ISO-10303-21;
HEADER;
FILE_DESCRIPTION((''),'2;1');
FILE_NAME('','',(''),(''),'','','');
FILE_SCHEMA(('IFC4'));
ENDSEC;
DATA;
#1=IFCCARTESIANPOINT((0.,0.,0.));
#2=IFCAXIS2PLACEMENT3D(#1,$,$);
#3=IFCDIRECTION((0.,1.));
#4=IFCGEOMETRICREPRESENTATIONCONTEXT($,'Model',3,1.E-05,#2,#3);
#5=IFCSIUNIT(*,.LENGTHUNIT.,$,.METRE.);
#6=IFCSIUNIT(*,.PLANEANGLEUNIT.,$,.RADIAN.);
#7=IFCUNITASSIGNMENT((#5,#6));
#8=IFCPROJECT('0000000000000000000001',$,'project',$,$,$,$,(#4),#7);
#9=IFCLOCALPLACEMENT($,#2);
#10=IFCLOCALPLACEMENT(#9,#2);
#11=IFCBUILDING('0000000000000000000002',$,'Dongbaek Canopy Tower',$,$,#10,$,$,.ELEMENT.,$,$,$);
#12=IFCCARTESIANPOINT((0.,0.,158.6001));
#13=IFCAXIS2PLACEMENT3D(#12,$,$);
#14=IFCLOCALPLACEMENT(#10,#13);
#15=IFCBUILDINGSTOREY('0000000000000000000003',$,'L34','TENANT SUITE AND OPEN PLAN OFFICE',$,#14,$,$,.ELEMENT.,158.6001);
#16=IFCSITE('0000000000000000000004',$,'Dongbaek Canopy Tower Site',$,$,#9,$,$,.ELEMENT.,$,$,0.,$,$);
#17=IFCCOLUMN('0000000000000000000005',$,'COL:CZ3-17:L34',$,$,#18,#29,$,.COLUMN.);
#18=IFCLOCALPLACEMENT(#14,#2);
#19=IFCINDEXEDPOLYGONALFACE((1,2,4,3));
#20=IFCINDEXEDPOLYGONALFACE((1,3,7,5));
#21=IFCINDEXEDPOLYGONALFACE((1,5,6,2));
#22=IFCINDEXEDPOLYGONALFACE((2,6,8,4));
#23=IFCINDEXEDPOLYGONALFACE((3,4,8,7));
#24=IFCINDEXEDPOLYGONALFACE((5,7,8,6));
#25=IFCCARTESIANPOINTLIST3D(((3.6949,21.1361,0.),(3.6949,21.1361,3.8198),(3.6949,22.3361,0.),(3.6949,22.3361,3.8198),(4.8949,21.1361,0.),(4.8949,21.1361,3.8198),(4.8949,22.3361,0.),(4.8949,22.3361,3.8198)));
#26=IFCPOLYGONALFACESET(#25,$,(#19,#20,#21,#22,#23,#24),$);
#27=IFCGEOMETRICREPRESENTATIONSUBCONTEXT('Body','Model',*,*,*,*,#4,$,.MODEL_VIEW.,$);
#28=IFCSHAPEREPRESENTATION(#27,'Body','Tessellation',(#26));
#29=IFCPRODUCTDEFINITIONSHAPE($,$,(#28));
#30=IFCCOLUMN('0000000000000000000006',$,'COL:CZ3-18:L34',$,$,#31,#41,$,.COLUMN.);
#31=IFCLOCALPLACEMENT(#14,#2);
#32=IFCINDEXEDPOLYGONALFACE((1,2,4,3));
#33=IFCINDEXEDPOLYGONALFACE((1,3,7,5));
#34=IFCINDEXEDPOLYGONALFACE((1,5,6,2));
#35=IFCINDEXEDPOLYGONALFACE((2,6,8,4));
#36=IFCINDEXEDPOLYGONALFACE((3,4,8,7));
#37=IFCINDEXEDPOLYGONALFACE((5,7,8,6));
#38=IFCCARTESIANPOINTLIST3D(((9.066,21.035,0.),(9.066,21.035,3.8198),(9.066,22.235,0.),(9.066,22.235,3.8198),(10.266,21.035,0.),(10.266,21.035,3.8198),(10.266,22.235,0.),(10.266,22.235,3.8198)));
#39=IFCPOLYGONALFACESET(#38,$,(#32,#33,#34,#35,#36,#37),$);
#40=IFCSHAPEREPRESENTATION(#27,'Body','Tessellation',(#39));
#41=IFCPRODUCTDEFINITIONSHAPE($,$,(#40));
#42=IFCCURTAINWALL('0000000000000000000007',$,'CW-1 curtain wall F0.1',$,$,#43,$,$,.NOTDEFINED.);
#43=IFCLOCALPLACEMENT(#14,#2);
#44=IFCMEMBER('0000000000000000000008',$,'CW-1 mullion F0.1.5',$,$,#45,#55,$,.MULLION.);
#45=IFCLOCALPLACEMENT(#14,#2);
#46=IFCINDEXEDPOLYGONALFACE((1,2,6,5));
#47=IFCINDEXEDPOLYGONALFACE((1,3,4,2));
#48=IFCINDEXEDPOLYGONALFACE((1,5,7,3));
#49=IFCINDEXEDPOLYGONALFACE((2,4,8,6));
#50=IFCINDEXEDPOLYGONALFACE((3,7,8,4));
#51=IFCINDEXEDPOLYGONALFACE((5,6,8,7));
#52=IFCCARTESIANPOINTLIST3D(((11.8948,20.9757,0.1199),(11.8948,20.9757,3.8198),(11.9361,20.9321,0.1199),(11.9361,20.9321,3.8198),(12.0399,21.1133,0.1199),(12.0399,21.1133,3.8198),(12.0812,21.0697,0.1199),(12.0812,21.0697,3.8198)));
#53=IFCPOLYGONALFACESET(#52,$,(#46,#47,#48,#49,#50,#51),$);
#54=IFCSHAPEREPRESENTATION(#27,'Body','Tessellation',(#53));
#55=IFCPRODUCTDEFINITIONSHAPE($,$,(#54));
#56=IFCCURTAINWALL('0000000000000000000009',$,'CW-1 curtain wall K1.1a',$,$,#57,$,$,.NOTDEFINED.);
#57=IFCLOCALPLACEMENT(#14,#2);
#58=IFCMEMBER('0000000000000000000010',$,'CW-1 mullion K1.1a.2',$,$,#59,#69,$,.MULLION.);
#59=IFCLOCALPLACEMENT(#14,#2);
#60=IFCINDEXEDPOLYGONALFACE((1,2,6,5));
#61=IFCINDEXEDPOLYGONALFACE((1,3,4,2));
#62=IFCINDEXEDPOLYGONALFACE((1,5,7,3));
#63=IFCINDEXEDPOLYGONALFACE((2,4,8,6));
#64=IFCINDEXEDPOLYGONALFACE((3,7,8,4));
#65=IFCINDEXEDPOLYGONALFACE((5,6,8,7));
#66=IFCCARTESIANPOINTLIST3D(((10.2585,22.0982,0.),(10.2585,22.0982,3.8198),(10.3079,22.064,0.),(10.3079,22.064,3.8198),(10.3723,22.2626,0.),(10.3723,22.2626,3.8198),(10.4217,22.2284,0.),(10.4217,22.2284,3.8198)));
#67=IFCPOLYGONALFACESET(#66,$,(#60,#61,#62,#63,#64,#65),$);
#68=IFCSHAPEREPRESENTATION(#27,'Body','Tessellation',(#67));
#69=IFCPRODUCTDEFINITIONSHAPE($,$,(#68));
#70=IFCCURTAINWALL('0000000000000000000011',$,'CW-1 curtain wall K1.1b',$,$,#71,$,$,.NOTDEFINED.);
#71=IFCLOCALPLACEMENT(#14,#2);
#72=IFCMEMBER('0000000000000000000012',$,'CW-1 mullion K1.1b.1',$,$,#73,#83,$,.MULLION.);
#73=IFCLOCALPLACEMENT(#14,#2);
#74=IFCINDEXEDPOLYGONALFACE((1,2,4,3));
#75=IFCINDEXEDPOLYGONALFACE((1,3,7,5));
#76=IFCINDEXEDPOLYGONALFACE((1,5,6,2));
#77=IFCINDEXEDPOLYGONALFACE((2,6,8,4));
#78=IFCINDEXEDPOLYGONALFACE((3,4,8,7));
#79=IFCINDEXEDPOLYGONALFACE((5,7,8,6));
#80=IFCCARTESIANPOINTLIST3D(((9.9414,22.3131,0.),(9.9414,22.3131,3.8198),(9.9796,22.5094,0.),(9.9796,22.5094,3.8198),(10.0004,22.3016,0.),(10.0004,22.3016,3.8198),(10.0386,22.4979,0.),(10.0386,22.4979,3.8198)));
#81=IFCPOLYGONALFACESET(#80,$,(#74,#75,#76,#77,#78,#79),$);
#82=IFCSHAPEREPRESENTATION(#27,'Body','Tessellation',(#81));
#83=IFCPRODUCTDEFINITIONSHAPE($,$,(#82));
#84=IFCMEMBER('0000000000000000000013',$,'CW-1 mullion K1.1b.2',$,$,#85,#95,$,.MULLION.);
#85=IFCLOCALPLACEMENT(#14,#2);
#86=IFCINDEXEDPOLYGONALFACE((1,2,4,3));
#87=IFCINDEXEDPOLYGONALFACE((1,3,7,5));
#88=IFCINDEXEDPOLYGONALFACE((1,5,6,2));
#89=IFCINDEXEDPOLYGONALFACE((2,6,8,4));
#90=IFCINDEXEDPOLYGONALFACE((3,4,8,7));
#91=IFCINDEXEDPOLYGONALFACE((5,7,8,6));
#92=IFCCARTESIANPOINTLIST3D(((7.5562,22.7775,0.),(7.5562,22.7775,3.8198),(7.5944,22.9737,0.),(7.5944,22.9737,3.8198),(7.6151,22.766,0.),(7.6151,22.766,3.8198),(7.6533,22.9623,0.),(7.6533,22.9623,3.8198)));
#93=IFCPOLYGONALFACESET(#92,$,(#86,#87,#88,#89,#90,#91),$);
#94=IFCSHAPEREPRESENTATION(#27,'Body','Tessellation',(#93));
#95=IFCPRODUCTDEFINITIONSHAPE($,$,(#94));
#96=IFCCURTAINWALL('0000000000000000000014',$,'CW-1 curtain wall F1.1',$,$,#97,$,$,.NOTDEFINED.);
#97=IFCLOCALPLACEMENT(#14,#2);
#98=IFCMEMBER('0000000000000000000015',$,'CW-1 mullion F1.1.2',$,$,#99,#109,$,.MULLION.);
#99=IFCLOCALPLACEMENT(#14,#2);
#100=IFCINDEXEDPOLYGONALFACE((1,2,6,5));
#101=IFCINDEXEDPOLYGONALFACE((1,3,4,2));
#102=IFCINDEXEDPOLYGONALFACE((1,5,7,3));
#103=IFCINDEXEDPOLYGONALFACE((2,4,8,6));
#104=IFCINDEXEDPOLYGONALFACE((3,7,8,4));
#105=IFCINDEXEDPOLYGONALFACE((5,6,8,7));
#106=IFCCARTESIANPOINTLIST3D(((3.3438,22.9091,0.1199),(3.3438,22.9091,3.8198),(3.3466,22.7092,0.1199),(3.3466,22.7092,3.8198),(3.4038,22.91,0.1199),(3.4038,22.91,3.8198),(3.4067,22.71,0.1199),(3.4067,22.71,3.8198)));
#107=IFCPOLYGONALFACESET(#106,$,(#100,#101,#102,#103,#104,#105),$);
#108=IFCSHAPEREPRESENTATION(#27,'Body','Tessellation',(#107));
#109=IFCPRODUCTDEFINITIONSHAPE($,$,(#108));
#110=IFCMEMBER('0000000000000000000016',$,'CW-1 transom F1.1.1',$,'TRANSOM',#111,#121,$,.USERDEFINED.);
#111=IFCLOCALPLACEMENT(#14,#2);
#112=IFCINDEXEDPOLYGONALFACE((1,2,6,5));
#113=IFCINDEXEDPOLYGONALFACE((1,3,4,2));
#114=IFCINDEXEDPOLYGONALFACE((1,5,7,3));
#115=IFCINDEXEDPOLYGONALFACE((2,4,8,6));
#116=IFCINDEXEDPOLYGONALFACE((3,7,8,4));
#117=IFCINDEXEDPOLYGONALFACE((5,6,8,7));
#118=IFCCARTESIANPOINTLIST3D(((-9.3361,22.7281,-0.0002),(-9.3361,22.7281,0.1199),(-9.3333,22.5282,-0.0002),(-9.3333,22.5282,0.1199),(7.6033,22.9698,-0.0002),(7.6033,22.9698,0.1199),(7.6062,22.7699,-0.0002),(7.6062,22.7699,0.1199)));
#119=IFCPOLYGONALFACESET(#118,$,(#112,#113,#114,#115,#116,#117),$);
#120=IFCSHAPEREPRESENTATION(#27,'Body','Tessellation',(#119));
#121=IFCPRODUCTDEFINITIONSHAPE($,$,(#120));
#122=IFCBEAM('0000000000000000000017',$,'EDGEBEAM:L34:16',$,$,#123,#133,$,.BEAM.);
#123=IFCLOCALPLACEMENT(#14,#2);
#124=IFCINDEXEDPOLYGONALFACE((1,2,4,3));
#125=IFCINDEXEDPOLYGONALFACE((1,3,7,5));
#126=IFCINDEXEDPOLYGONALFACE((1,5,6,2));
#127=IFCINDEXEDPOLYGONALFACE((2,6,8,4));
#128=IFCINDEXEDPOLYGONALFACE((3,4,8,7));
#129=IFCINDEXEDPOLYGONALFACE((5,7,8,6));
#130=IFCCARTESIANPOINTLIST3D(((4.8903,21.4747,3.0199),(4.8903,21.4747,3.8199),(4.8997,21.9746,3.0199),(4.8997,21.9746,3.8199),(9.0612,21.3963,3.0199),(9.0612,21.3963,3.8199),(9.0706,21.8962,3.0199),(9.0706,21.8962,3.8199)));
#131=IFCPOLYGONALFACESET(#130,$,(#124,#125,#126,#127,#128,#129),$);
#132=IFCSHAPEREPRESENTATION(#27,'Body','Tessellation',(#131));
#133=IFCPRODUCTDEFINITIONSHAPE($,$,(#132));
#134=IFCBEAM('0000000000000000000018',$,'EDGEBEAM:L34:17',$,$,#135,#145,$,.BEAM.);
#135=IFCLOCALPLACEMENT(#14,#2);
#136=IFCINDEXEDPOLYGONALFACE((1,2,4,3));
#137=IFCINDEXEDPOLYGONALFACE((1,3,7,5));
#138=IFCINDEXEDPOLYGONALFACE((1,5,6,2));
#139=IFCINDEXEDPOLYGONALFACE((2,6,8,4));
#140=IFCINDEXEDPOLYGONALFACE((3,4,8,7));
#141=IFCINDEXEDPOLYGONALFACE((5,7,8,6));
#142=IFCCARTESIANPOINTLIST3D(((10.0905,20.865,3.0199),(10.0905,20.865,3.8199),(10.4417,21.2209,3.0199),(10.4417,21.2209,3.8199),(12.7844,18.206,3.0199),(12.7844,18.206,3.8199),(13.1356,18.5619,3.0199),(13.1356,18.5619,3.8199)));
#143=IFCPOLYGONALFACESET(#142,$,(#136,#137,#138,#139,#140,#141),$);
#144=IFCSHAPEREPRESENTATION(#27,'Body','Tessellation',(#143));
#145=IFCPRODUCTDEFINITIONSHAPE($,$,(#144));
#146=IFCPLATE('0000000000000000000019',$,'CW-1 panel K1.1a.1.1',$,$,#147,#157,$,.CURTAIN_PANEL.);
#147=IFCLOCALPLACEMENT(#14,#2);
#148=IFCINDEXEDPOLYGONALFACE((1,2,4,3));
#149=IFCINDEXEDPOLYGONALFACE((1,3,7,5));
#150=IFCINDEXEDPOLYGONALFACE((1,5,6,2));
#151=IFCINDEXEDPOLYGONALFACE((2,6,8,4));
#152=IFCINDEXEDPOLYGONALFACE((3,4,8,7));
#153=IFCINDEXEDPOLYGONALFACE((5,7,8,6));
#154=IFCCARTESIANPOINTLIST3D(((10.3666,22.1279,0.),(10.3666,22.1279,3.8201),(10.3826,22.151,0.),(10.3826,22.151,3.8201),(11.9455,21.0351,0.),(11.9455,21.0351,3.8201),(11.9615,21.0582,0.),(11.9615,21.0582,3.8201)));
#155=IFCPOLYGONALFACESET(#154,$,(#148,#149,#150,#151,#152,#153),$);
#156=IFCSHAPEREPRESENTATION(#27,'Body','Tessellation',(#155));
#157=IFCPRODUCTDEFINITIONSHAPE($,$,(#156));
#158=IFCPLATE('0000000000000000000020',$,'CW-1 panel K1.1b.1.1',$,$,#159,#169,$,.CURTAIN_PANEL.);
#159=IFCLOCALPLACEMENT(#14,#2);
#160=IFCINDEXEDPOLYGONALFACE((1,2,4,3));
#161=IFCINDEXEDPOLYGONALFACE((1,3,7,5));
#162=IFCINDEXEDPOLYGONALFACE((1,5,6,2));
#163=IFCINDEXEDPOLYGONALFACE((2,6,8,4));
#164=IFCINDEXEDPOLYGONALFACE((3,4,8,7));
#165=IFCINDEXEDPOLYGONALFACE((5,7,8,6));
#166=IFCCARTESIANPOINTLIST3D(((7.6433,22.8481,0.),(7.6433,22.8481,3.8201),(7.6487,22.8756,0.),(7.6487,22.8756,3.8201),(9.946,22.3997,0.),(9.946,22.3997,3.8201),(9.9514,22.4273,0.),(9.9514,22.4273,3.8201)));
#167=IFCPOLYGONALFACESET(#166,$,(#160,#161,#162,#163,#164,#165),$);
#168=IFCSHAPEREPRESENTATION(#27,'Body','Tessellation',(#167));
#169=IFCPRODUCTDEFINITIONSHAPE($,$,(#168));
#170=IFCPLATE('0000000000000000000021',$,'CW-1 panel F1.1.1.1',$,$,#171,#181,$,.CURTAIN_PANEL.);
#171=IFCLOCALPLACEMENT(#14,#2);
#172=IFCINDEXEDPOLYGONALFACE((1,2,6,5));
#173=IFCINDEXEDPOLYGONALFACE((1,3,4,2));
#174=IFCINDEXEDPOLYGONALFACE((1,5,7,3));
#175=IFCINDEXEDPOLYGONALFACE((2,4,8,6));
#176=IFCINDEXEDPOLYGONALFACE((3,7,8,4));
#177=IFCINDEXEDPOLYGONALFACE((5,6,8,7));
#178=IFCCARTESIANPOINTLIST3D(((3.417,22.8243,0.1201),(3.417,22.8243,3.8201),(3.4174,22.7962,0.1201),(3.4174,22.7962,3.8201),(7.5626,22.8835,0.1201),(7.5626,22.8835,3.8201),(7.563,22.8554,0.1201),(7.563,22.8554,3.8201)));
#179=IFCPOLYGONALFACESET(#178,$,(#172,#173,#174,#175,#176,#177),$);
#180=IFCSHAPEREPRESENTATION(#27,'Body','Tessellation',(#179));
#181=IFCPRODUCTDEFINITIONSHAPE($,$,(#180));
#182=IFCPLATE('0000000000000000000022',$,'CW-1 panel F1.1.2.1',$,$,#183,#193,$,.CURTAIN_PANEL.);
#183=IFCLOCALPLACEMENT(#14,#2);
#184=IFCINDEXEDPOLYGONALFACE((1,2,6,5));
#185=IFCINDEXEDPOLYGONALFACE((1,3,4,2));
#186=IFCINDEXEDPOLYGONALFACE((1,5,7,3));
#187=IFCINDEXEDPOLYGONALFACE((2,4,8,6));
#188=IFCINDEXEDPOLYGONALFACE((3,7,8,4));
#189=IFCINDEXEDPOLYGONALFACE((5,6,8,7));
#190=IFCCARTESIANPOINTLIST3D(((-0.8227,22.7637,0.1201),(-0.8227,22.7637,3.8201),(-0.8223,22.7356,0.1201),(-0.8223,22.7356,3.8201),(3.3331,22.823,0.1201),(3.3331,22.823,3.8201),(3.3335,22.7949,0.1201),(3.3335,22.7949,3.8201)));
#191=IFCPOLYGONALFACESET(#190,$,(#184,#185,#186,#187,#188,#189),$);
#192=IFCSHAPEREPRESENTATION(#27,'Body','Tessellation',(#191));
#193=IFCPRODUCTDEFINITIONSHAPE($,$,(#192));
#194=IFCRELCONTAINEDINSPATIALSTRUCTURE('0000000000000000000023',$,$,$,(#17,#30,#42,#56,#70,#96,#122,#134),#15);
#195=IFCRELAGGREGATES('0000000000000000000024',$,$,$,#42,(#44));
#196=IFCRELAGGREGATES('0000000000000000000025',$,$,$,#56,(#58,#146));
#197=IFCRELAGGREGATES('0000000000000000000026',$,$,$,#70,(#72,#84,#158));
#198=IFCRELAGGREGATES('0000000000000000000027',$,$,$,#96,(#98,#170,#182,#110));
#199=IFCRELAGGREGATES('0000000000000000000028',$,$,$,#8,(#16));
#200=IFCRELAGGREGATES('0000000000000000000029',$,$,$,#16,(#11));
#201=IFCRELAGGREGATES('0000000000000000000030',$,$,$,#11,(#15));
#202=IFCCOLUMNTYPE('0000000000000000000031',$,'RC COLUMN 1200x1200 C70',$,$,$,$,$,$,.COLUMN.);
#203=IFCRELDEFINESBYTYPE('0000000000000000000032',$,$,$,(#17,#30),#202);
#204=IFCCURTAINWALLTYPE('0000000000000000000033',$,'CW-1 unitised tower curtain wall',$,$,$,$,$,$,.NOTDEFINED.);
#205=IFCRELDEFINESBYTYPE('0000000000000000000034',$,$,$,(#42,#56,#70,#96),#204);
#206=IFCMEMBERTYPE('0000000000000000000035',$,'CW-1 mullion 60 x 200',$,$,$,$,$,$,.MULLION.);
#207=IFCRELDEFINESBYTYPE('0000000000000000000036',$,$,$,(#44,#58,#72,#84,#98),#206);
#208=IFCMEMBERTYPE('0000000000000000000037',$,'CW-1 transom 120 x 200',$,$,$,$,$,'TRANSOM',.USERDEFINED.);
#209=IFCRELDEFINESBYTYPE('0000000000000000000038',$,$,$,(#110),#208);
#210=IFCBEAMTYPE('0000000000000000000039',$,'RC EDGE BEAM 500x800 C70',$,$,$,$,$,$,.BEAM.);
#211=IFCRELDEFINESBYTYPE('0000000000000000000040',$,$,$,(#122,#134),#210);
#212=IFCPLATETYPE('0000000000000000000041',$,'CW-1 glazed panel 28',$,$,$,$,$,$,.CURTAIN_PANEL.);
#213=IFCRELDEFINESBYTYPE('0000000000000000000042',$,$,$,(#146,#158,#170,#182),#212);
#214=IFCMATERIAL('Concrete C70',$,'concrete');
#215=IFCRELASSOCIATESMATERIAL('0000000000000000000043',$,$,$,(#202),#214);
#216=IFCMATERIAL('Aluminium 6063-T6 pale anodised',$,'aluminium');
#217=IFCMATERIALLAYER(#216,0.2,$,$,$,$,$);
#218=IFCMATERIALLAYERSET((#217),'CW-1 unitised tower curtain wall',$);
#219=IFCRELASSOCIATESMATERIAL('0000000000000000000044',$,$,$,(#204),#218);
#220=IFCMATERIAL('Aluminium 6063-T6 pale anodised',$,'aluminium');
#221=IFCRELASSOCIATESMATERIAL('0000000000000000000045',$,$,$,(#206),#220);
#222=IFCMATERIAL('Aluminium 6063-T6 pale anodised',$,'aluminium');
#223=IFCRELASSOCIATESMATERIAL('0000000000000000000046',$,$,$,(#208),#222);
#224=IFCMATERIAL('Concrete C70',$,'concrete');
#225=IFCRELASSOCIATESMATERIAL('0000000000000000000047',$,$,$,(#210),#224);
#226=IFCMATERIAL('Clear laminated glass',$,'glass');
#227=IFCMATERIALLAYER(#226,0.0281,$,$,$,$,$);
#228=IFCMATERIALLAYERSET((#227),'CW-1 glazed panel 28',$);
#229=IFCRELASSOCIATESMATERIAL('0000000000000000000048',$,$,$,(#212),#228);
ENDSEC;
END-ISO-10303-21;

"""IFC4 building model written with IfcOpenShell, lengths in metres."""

from ifc_helpers import new_model, si_unit, direction, frame, origin, origin_2d, place, context, subcontext, project, spatial, rectangle, extrude, material, layer, layer_set, material_profile, profile_set, type_object, element, aggregate, save


model = new_model("IFC4")

# Units and contexts
model_context = context("Model", 3, precision=1e-05, world=origin(), true_north=direction((0.0, 1.0)))
body_context = subcontext(model_context, "Body", "Model", "MODEL_VIEW")
ifc_project = project(units=[si_unit("LENGTHUNIT", "METRE"), si_unit("PLANEANGLEUNIT", "RADIAN")], contexts=[model_context])

# Site, building, storey
site_placement = place(None, origin())
site = spatial("IfcSite", under=ifc_project, at=site_placement, Name="Dongbaek Canopy Tower Site", CompositionType="ELEMENT", RefElevation=0.0)
building_placement = place(site_placement, origin())
building = spatial("IfcBuilding", under=site, at=building_placement, Name="Dongbaek Canopy Tower", CompositionType="ELEMENT")
storey_placement = place(building_placement, frame((0.0, 0.0, 158.6001)))
storey = spatial("IfcBuildingStorey", under=building, at=storey_placement, Name="L34", Description="TENANT SUITE AND OPEN PLAN OFFICE", CompositionType="ELEMENT", Elevation=158.6001)

# Columns
ifc_material_1 = material(Name="Concrete C70", Category="concrete")
ifc_material_profile_1 = material_profile(ifc_material_1, rectangle(XDim=1.2, YDim=1.2, at=origin_2d()), Name="RC COLUMN 1200x1200 C70")
ifc_profile_set_1 = profile_set([ifc_material_profile_1], Name="Concrete C70")
column_type = type_object("IfcColumnType", Name="RC COLUMN 1200x1200 C70", PredefinedType="COLUMN", material=ifc_profile_set_1)
for number, where, z_axis, x_axis, name in (
    (1, (4.2949, 21.7361, 0.0), (0.0, 0.0, 1.0), (1.0, 0.0, 0.0), "COL:CZ3-17:L34"),
    (2, (9.666, 21.635, 0.0), (0.0, 0.0, 1.0), (1.0, 0.0, 0.0), "COL:CZ3-18:L34"),
):
    element("IfcColumn", number, at=place(storey_placement, frame(where, z_axis=z_axis, x_axis=x_axis)), inside=storey, type_object=column_type, Name=name, PredefinedType="COLUMN", context=body_context, shape_type="SweptSolid", body=[
        extrude(rectangle(XDim=1.2, YDim=1.2, at=origin_2d()), origin(), (0.0, 0.0, 1.0), 3.8198),
    ])

# Curtain walls, members
ifc_material_2 = material(Name="Aluminium 6063-T6 pale anodised", Category="aluminium")
ifc_layer_1 = layer(ifc_material_2, 0.2)
ifc_layer_set_1 = layer_set([ifc_layer_1], Name="CW-1 unitised tower curtain wall")
curtain_wall_type = type_object("IfcCurtainWallType", Name="CW-1 unitised tower curtain wall", PredefinedType="NOTDEFINED", material=ifc_layer_set_1)
curtain_wall_1_placement = place(storey_placement, origin())
curtain_wall_1 = element("IfcCurtainWall", 3, at=curtain_wall_1_placement, inside=storey, type_object=curtain_wall_type, Name="CW-1 curtain wall F0.1", PredefinedType="NOTDEFINED")
ifc_material_3 = material(Name="Aluminium 6063-T6 pale anodised", Category="aluminium")
ifc_material_profile_2 = material_profile(ifc_material_3, rectangle(XDim=0.2, YDim=0.0601, at=origin_2d()), Name="CW-1 mullion 60 x 200")
ifc_profile_set_2 = profile_set([ifc_material_profile_2], Name="Aluminium 6063-T6 pale anodised")
member_type_1 = type_object("IfcMemberType", Name="CW-1 mullion 60 x 200", PredefinedType="MULLION", material=ifc_profile_set_2)
member_1_placement = place(storey_placement, frame((11.988, 21.0227, 0.1199), z_axis=(0.0, 0.0, 1.0), x_axis=(0.72567, 0.688043, 0.0)))
member_1 = element("IfcMember", 4, at=member_1_placement, type_object=member_type_1, Name="CW-1 mullion F0.1.5", PredefinedType="MULLION", context=body_context, shape_type="SweptSolid", body=[
    extrude(rectangle(XDim=0.2, YDim=0.0601, at=origin_2d()), origin(), (0.0, 0.0, 1.0), 3.7),
])
aggregate(curtain_wall_1, [member_1])
curtain_wall_2_placement = place(storey_placement, origin())
curtain_wall_2 = element("IfcCurtainWall", 5, at=curtain_wall_2_placement, inside=storey, type_object=curtain_wall_type, Name="CW-1 curtain wall K1.1a", PredefinedType="NOTDEFINED")
member_2_placement = place(storey_placement, frame((10.3401, 22.1633, 0.0), z_axis=(0.0, 0.0, 1.0), x_axis=(0.569121, 0.822254, 0.0)))
member_2 = element("IfcMember", 6, at=member_2_placement, type_object=member_type_1, Name="CW-1 mullion K1.1a.2", PredefinedType="MULLION", context=body_context, shape_type="SweptSolid", body=[
    extrude(rectangle(XDim=0.2, YDim=0.0601, at=origin_2d()), origin(), (0.0, 0.0, 1.0), 3.8198),
])

# Curtain walls, members
curtain_wall_3_placement = place(storey_placement, origin())
curtain_wall_3 = element("IfcCurtainWall", 7, at=curtain_wall_3_placement, inside=storey, type_object=curtain_wall_type, Name="CW-1 curtain wall K1.1b", PredefinedType="NOTDEFINED")
member_3_placement = place(storey_placement, frame((9.99, 22.4055, 0.0), z_axis=(0.0, 0.0, 1.0), x_axis=(0.191111, 0.981568, 0.0)))
member_3 = element("IfcMember", 8, at=member_3_placement, type_object=member_type_1, Name="CW-1 mullion K1.1b.1", PredefinedType="MULLION", context=body_context, shape_type="SweptSolid", body=[
    extrude(rectangle(XDim=0.2, YDim=0.0601, at=origin_2d()), origin(), (0.0, 0.0, 1.0), 3.8198),
])
member_4_placement = place(storey_placement, frame((7.6047, 22.8699, 0.0), z_axis=(0.0, 0.0, 1.0), x_axis=(0.191111, 0.981568, 0.0)))
member_4 = element("IfcMember", 9, at=member_4_placement, type_object=member_type_1, Name="CW-1 mullion K1.1b.2", PredefinedType="MULLION", context=body_context, shape_type="SweptSolid", body=[
    extrude(rectangle(XDim=0.2, YDim=0.0601, at=origin_2d()), origin(), (0.0, 0.0, 1.0), 3.8198),
])
curtain_wall_4_placement = place(storey_placement, origin())
curtain_wall_4 = element("IfcCurtainWall", 10, at=curtain_wall_4_placement, inside=storey, type_object=curtain_wall_type, Name="CW-1 curtain wall F1.1", PredefinedType="NOTDEFINED")
member_5_placement = place(storey_placement, frame((3.3752, 22.8096, 0.1199), z_axis=(0.0, 0.0, 1.0), x_axis=(-0.014277, 0.999898, 0.0)))
member_5 = element("IfcMember", 11, at=member_5_placement, type_object=member_type_1, Name="CW-1 mullion F1.1.2", PredefinedType="MULLION", context=body_context, shape_type="SweptSolid", body=[
    extrude(rectangle(XDim=0.2, YDim=0.0601, at=origin_2d()), origin(), (0.0, 0.0, 1.0), 3.7),
])
ifc_material_4 = material(Name="Aluminium 6063-T6 pale anodised", Category="aluminium")
ifc_material_profile_3 = material_profile(ifc_material_4, rectangle(XDim=0.2, YDim=0.1201, at=origin_2d()), Name="CW-1 transom 120 x 200")
ifc_profile_set_3 = profile_set([ifc_material_profile_3], Name="Aluminium 6063-T6 pale anodised")
member_type_2 = type_object("IfcMemberType", Name="CW-1 transom 120 x 200", ElementType="TRANSOM", PredefinedType="USERDEFINED", material=ifc_profile_set_3)
member_6_placement = place(storey_placement, frame((7.6047, 22.8699, 0.0598), z_axis=(-0.999898, -0.014267, 0.0), x_axis=(0.014267, -0.999898, 0.0)))
member_6 = element("IfcMember", 12, at=member_6_placement, type_object=member_type_2, Name="CW-1 transom F1.1.1", ObjectType="TRANSOM", PredefinedType="USERDEFINED", context=body_context, shape_type="SweptSolid", body=[
    extrude(rectangle(XDim=0.2, YDim=0.1201, at=origin_2d()), origin(), (0.0, 0.0, 1.0), 16.9412),
])

# Beams
ifc_material_5 = material(Name="Concrete C70", Category="concrete")
ifc_material_profile_4 = material_profile(ifc_material_5, rectangle(XDim=0.5, YDim=0.8, at=origin_2d()), Name="RC EDGE BEAM 500x800 C70")
ifc_profile_set_4 = profile_set([ifc_material_profile_4], Name="Concrete C70")
beam_type = type_object("IfcBeamType", Name="RC EDGE BEAM 500x800 C70", PredefinedType="BEAM", material=ifc_profile_set_4)
beam_1_placement = place(storey_placement, frame((4.895, 21.7246, 3.4199), z_axis=(0.999824, -0.018786, 0.0), x_axis=(0.018786, 0.999824, 0.0)))
element("IfcBeam", 13, at=beam_1_placement, inside=storey, type_object=beam_type, Name="EDGEBEAM:L34:16", PredefinedType="BEAM", context=body_context, shape_type="SweptSolid", body=[
    extrude(rectangle(XDim=0.5, YDim=0.8, at=origin_2d()), origin(), (0.0, 0.0, 1.0), 4.1716),
])
beam_2_placement = place(storey_placement, frame((10.2661, 21.043, 3.4199), z_axis=(0.711704, -0.70248, 0.0), x_axis=(0.70248, 0.711704, 0.0)))
element("IfcBeam", 14, at=beam_2_placement, inside=storey, type_object=beam_type, Name="EDGEBEAM:L34:17", PredefinedType="BEAM", context=body_context, shape_type="SweptSolid", body=[
    extrude(rectangle(XDim=0.5, YDim=0.8, at=origin_2d()), origin(), (0.0, 0.0, 1.0), 3.7852),
])

# Plates
ifc_material_6 = material(Name="Clear laminated glass", Category="glass")
ifc_layer_2 = layer(ifc_material_6, 0.0281)
ifc_layer_set_2 = layer_set([ifc_layer_2], Name="CW-1 glazed panel 28")
plate_type = type_object("IfcPlateType", Name="CW-1 glazed panel 28", PredefinedType="CURTAIN_PANEL", material=ifc_layer_set_2)
plate_1_placement = place(storey_placement, frame((11.1641, 21.593, 0.0), z_axis=(0.0, 0.0, 1.0), x_axis=(-0.822254, 0.569121, 0.0)))
plate_1 = element("IfcPlate", 15, at=plate_1_placement, type_object=plate_type, Name="CW-1 panel K1.1a.1.1", PredefinedType="CURTAIN_PANEL", context=body_context, shape_type="SweptSolid", body=[
    extrude(rectangle(XDim=1.9202, YDim=0.0281, at=origin_2d()), origin(), (0.0, 0.0, 1.0), 3.8201),
])
aggregate(curtain_wall_2, [member_2, plate_1])
plate_2_placement = place(storey_placement, frame((8.7974, 22.6377, 0.0), z_axis=(0.0, 0.0, 1.0), x_axis=(-0.981568, 0.191111, 0.0)))
plate_2 = element("IfcPlate", 16, at=plate_2_placement, type_object=plate_type, Name="CW-1 panel K1.1b.1.1", PredefinedType="CURTAIN_PANEL", context=body_context, shape_type="SweptSolid", body=[
    extrude(rectangle(XDim=2.3459, YDim=0.0281, at=origin_2d()), origin(), (0.0, 0.0, 1.0), 3.8201),
])
aggregate(curtain_wall_3, [member_3, member_4, plate_2])
plate_3_placement = place(storey_placement, frame((5.49, 22.8398, 0.1201), z_axis=(0.0, 0.0, 1.0), x_axis=(-0.999898, -0.014277, 0.0)))
plate_3 = element("IfcPlate", 17, at=plate_3_placement, type_object=plate_type, Name="CW-1 panel F1.1.1.1", PredefinedType="CURTAIN_PANEL", context=body_context, shape_type="SweptSolid", body=[
    extrude(rectangle(XDim=4.146, YDim=0.0281, at=origin_2d()), origin(), (0.0, 0.0, 1.0), 3.7),
])
plate_4_placement = place(storey_placement, frame((1.2554, 22.7793, 0.1201), z_axis=(0.0, 0.0, 1.0), x_axis=(-0.999898, -0.014277, 0.0)))
plate_4 = element("IfcPlate", 18, at=plate_4_placement, type_object=plate_type, Name="CW-1 panel F1.1.2.1", PredefinedType="CURTAIN_PANEL", context=body_context, shape_type="SweptSolid", body=[
    extrude(rectangle(XDim=4.1562, YDim=0.0281, at=origin_2d()), origin(), (0.0, 0.0, 1.0), 3.7),
])

aggregate(curtain_wall_4, [member_5, plate_3, plate_4, member_6])

save(model, "model.ifc")
